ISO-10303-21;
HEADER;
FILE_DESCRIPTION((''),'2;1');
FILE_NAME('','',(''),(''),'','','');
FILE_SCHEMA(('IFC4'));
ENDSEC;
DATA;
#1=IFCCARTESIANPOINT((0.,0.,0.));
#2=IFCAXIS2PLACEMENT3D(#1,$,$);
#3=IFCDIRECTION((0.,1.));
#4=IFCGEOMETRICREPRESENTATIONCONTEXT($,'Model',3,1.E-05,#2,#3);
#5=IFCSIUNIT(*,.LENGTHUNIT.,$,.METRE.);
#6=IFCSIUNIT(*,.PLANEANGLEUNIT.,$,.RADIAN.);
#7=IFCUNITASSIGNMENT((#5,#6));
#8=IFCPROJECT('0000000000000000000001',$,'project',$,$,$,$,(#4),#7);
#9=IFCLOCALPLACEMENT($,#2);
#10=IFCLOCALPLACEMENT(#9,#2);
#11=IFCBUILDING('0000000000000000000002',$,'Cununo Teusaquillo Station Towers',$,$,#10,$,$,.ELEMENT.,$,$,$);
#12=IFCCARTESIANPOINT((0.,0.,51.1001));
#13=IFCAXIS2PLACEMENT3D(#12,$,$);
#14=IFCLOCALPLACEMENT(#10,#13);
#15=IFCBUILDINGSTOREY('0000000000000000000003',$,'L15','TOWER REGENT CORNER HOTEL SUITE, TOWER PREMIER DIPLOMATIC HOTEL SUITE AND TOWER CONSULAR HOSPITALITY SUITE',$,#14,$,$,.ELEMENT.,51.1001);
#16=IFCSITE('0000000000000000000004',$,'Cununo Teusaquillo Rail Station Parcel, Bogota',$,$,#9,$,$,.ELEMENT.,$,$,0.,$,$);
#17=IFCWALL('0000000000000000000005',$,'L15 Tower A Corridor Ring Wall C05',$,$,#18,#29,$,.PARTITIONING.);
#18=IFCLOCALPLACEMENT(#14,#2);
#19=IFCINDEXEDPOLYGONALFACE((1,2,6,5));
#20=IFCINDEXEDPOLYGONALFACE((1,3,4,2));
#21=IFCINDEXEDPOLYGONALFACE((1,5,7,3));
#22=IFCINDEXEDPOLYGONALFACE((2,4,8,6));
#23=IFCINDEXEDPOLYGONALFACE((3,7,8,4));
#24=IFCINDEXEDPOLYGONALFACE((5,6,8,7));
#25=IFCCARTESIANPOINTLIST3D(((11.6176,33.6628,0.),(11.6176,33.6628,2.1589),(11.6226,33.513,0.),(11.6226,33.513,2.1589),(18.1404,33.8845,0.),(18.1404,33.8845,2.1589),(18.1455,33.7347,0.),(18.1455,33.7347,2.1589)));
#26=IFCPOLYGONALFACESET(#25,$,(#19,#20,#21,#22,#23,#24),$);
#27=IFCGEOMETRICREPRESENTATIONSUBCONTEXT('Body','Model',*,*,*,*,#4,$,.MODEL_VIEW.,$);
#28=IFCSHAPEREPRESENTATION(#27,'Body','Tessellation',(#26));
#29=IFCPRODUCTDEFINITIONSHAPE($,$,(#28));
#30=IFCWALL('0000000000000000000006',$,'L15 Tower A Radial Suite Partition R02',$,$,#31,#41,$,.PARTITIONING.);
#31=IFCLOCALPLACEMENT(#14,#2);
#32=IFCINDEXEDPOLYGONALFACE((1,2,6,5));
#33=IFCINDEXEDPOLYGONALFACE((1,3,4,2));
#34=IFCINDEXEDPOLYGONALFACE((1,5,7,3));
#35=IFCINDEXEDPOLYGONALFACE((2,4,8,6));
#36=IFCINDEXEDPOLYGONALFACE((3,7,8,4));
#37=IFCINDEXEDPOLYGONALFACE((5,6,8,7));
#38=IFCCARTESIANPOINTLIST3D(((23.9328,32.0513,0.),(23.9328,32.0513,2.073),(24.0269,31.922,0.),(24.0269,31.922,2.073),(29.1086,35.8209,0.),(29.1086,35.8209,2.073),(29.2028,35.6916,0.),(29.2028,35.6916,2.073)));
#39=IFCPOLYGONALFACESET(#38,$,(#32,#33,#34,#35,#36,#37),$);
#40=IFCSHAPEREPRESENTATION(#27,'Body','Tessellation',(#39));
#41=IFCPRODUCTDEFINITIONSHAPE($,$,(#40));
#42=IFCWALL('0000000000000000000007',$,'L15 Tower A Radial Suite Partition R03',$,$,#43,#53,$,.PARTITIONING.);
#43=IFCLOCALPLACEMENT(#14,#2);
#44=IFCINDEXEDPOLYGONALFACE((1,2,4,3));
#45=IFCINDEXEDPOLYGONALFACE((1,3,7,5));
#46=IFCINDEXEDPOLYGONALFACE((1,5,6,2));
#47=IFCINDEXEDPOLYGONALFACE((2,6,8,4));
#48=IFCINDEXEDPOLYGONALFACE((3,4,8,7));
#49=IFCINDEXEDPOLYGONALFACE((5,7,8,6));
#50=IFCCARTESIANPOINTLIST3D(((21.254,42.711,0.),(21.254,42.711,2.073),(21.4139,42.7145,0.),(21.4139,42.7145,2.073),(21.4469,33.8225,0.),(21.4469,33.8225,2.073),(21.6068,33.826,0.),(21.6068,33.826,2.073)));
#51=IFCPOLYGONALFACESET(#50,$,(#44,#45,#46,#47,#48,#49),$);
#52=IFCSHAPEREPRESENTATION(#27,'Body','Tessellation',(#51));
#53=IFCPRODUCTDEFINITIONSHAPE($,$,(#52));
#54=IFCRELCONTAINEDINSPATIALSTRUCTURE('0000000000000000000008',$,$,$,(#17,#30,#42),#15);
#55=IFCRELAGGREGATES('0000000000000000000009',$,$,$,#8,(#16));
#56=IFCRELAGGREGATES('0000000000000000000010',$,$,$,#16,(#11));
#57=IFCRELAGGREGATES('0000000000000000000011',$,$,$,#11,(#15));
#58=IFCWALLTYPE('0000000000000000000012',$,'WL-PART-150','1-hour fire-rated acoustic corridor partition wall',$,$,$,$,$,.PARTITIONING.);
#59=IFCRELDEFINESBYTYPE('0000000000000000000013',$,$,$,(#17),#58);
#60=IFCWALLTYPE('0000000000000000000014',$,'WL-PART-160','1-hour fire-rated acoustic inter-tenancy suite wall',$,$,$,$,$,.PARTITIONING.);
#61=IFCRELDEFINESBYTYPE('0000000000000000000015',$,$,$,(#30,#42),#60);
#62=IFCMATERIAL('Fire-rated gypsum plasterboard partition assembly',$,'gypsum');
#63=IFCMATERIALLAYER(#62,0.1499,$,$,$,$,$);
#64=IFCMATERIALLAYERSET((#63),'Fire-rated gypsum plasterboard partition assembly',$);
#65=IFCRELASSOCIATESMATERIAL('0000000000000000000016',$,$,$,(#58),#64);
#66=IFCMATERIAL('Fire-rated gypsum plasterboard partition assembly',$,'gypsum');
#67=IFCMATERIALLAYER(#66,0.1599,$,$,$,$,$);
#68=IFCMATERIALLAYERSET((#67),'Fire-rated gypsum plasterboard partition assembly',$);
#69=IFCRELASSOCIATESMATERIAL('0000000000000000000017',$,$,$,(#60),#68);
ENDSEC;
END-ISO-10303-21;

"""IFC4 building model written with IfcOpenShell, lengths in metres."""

from ifc_helpers import new_model, si_unit, direction, frame, frame_2d, origin, place, context, subcontext, project, spatial, rectangle, extrude, material, layer, layer_set, type_object, element, save


model = new_model("IFC4")

# Units and contexts
model_context = context("Model", 3, precision=1e-05, world=origin(), true_north=direction((0.0, 1.0)))
body_context = subcontext(model_context, "Body", "Model", "MODEL_VIEW")
ifc_project = project(units=[si_unit("LENGTHUNIT", "METRE"), si_unit("PLANEANGLEUNIT", "RADIAN")], contexts=[model_context])

# Site, building, storey
site_placement = place(None, origin())
site = spatial("IfcSite", under=ifc_project, at=site_placement, Name="Cununo Teusaquillo Rail Station Parcel, Bogota", CompositionType="ELEMENT", RefElevation=0.0)
building_placement = place(site_placement, origin())
building = spatial("IfcBuilding", under=site, at=building_placement, Name="Cununo Teusaquillo Station Towers", CompositionType="ELEMENT")
storey_placement = place(building_placement, frame((0.0, 0.0, 51.1001)))
storey = spatial("IfcBuildingStorey", under=building, at=storey_placement, Name="L15", Description="TOWER REGENT CORNER HOTEL SUITE, TOWER PREMIER DIPLOMATIC HOTEL SUITE AND TOWER CONSULAR HOSPITALITY SUITE", CompositionType="ELEMENT", Elevation=51.1001)

# Shared definitions
ifc_material_1 = material(Name="Fire-rated gypsum plasterboard partition assembly", Category="gypsum")
ifc_layer_1 = layer(ifc_material_1, 0.1499)
ifc_layer_set_1 = layer_set([ifc_layer_1], Name="Fire-rated gypsum plasterboard partition assembly")
wall_type_1 = type_object("IfcWallType", Name="WL-PART-150", Description="1-hour fire-rated acoustic corridor partition wall", PredefinedType="PARTITIONING", material=ifc_layer_set_1)

# Walls
wall_1_placement = place(storey_placement, frame((18.1428, 33.8096, 0.0), z_axis=(0.0, 0.0, 1.0), x_axis=(-0.999423, -0.033965, 0.0)))
element("IfcWall", 1, at=wall_1_placement, inside=storey, type_object=wall_type_1, Name="L15 Tower A Corridor Ring Wall C05", PredefinedType="PARTITIONING", context=body_context, shape_type="SweptSolid", body=[
    extrude(rectangle(XDim=6.5266, YDim=0.1499, at=frame_2d((3.2632, 0.0))), origin(), (0.0, 0.0, 1.0), 2.1589),
])
ifc_material_2 = material(Name="Fire-rated gypsum plasterboard partition assembly", Category="gypsum")
ifc_layer_2 = layer(ifc_material_2, 0.1599)
ifc_layer_set_2 = layer_set([ifc_layer_2], Name="Fire-rated gypsum plasterboard partition assembly")
wall_type_2 = type_object("IfcWallType", Name="WL-PART-160", Description="1-hour fire-rated acoustic inter-tenancy suite wall", PredefinedType="PARTITIONING", material=ifc_layer_set_2)
wall_2_placement = place(storey_placement, frame((23.9797, 31.9866, 0.0), z_axis=(0.0, 0.0, 1.0), x_axis=(0.80834, 0.588716, 0.0)))
element("IfcWall", 2, at=wall_2_placement, inside=storey, type_object=wall_type_2, Name="L15 Tower A Radial Suite Partition R02", PredefinedType="PARTITIONING", context=body_context, shape_type="SweptSolid", body=[
    extrude(rectangle(XDim=6.4031, YDim=0.1599, at=frame_2d((3.2017, 0.0))), origin(), (0.0, 0.0, 1.0), 2.073),
])
wall_3_placement = place(storey_placement, frame((21.5269, 33.8242, 0.0), z_axis=(0.0, 0.0, 1.0), x_axis=(-0.021694, 0.999765, 0.0)))
element("IfcWall", 3, at=wall_3_placement, inside=storey, type_object=wall_type_2, Name="L15 Tower A Radial Suite Partition R03", PredefinedType="PARTITIONING", context=body_context, shape_type="SweptSolid", body=[
    extrude(rectangle(XDim=8.8906, YDim=0.1599, at=frame_2d((4.4453, 0.0))), origin(), (0.0, 0.0, 1.0), 2.073),
])

save(model, "model.ifc")
